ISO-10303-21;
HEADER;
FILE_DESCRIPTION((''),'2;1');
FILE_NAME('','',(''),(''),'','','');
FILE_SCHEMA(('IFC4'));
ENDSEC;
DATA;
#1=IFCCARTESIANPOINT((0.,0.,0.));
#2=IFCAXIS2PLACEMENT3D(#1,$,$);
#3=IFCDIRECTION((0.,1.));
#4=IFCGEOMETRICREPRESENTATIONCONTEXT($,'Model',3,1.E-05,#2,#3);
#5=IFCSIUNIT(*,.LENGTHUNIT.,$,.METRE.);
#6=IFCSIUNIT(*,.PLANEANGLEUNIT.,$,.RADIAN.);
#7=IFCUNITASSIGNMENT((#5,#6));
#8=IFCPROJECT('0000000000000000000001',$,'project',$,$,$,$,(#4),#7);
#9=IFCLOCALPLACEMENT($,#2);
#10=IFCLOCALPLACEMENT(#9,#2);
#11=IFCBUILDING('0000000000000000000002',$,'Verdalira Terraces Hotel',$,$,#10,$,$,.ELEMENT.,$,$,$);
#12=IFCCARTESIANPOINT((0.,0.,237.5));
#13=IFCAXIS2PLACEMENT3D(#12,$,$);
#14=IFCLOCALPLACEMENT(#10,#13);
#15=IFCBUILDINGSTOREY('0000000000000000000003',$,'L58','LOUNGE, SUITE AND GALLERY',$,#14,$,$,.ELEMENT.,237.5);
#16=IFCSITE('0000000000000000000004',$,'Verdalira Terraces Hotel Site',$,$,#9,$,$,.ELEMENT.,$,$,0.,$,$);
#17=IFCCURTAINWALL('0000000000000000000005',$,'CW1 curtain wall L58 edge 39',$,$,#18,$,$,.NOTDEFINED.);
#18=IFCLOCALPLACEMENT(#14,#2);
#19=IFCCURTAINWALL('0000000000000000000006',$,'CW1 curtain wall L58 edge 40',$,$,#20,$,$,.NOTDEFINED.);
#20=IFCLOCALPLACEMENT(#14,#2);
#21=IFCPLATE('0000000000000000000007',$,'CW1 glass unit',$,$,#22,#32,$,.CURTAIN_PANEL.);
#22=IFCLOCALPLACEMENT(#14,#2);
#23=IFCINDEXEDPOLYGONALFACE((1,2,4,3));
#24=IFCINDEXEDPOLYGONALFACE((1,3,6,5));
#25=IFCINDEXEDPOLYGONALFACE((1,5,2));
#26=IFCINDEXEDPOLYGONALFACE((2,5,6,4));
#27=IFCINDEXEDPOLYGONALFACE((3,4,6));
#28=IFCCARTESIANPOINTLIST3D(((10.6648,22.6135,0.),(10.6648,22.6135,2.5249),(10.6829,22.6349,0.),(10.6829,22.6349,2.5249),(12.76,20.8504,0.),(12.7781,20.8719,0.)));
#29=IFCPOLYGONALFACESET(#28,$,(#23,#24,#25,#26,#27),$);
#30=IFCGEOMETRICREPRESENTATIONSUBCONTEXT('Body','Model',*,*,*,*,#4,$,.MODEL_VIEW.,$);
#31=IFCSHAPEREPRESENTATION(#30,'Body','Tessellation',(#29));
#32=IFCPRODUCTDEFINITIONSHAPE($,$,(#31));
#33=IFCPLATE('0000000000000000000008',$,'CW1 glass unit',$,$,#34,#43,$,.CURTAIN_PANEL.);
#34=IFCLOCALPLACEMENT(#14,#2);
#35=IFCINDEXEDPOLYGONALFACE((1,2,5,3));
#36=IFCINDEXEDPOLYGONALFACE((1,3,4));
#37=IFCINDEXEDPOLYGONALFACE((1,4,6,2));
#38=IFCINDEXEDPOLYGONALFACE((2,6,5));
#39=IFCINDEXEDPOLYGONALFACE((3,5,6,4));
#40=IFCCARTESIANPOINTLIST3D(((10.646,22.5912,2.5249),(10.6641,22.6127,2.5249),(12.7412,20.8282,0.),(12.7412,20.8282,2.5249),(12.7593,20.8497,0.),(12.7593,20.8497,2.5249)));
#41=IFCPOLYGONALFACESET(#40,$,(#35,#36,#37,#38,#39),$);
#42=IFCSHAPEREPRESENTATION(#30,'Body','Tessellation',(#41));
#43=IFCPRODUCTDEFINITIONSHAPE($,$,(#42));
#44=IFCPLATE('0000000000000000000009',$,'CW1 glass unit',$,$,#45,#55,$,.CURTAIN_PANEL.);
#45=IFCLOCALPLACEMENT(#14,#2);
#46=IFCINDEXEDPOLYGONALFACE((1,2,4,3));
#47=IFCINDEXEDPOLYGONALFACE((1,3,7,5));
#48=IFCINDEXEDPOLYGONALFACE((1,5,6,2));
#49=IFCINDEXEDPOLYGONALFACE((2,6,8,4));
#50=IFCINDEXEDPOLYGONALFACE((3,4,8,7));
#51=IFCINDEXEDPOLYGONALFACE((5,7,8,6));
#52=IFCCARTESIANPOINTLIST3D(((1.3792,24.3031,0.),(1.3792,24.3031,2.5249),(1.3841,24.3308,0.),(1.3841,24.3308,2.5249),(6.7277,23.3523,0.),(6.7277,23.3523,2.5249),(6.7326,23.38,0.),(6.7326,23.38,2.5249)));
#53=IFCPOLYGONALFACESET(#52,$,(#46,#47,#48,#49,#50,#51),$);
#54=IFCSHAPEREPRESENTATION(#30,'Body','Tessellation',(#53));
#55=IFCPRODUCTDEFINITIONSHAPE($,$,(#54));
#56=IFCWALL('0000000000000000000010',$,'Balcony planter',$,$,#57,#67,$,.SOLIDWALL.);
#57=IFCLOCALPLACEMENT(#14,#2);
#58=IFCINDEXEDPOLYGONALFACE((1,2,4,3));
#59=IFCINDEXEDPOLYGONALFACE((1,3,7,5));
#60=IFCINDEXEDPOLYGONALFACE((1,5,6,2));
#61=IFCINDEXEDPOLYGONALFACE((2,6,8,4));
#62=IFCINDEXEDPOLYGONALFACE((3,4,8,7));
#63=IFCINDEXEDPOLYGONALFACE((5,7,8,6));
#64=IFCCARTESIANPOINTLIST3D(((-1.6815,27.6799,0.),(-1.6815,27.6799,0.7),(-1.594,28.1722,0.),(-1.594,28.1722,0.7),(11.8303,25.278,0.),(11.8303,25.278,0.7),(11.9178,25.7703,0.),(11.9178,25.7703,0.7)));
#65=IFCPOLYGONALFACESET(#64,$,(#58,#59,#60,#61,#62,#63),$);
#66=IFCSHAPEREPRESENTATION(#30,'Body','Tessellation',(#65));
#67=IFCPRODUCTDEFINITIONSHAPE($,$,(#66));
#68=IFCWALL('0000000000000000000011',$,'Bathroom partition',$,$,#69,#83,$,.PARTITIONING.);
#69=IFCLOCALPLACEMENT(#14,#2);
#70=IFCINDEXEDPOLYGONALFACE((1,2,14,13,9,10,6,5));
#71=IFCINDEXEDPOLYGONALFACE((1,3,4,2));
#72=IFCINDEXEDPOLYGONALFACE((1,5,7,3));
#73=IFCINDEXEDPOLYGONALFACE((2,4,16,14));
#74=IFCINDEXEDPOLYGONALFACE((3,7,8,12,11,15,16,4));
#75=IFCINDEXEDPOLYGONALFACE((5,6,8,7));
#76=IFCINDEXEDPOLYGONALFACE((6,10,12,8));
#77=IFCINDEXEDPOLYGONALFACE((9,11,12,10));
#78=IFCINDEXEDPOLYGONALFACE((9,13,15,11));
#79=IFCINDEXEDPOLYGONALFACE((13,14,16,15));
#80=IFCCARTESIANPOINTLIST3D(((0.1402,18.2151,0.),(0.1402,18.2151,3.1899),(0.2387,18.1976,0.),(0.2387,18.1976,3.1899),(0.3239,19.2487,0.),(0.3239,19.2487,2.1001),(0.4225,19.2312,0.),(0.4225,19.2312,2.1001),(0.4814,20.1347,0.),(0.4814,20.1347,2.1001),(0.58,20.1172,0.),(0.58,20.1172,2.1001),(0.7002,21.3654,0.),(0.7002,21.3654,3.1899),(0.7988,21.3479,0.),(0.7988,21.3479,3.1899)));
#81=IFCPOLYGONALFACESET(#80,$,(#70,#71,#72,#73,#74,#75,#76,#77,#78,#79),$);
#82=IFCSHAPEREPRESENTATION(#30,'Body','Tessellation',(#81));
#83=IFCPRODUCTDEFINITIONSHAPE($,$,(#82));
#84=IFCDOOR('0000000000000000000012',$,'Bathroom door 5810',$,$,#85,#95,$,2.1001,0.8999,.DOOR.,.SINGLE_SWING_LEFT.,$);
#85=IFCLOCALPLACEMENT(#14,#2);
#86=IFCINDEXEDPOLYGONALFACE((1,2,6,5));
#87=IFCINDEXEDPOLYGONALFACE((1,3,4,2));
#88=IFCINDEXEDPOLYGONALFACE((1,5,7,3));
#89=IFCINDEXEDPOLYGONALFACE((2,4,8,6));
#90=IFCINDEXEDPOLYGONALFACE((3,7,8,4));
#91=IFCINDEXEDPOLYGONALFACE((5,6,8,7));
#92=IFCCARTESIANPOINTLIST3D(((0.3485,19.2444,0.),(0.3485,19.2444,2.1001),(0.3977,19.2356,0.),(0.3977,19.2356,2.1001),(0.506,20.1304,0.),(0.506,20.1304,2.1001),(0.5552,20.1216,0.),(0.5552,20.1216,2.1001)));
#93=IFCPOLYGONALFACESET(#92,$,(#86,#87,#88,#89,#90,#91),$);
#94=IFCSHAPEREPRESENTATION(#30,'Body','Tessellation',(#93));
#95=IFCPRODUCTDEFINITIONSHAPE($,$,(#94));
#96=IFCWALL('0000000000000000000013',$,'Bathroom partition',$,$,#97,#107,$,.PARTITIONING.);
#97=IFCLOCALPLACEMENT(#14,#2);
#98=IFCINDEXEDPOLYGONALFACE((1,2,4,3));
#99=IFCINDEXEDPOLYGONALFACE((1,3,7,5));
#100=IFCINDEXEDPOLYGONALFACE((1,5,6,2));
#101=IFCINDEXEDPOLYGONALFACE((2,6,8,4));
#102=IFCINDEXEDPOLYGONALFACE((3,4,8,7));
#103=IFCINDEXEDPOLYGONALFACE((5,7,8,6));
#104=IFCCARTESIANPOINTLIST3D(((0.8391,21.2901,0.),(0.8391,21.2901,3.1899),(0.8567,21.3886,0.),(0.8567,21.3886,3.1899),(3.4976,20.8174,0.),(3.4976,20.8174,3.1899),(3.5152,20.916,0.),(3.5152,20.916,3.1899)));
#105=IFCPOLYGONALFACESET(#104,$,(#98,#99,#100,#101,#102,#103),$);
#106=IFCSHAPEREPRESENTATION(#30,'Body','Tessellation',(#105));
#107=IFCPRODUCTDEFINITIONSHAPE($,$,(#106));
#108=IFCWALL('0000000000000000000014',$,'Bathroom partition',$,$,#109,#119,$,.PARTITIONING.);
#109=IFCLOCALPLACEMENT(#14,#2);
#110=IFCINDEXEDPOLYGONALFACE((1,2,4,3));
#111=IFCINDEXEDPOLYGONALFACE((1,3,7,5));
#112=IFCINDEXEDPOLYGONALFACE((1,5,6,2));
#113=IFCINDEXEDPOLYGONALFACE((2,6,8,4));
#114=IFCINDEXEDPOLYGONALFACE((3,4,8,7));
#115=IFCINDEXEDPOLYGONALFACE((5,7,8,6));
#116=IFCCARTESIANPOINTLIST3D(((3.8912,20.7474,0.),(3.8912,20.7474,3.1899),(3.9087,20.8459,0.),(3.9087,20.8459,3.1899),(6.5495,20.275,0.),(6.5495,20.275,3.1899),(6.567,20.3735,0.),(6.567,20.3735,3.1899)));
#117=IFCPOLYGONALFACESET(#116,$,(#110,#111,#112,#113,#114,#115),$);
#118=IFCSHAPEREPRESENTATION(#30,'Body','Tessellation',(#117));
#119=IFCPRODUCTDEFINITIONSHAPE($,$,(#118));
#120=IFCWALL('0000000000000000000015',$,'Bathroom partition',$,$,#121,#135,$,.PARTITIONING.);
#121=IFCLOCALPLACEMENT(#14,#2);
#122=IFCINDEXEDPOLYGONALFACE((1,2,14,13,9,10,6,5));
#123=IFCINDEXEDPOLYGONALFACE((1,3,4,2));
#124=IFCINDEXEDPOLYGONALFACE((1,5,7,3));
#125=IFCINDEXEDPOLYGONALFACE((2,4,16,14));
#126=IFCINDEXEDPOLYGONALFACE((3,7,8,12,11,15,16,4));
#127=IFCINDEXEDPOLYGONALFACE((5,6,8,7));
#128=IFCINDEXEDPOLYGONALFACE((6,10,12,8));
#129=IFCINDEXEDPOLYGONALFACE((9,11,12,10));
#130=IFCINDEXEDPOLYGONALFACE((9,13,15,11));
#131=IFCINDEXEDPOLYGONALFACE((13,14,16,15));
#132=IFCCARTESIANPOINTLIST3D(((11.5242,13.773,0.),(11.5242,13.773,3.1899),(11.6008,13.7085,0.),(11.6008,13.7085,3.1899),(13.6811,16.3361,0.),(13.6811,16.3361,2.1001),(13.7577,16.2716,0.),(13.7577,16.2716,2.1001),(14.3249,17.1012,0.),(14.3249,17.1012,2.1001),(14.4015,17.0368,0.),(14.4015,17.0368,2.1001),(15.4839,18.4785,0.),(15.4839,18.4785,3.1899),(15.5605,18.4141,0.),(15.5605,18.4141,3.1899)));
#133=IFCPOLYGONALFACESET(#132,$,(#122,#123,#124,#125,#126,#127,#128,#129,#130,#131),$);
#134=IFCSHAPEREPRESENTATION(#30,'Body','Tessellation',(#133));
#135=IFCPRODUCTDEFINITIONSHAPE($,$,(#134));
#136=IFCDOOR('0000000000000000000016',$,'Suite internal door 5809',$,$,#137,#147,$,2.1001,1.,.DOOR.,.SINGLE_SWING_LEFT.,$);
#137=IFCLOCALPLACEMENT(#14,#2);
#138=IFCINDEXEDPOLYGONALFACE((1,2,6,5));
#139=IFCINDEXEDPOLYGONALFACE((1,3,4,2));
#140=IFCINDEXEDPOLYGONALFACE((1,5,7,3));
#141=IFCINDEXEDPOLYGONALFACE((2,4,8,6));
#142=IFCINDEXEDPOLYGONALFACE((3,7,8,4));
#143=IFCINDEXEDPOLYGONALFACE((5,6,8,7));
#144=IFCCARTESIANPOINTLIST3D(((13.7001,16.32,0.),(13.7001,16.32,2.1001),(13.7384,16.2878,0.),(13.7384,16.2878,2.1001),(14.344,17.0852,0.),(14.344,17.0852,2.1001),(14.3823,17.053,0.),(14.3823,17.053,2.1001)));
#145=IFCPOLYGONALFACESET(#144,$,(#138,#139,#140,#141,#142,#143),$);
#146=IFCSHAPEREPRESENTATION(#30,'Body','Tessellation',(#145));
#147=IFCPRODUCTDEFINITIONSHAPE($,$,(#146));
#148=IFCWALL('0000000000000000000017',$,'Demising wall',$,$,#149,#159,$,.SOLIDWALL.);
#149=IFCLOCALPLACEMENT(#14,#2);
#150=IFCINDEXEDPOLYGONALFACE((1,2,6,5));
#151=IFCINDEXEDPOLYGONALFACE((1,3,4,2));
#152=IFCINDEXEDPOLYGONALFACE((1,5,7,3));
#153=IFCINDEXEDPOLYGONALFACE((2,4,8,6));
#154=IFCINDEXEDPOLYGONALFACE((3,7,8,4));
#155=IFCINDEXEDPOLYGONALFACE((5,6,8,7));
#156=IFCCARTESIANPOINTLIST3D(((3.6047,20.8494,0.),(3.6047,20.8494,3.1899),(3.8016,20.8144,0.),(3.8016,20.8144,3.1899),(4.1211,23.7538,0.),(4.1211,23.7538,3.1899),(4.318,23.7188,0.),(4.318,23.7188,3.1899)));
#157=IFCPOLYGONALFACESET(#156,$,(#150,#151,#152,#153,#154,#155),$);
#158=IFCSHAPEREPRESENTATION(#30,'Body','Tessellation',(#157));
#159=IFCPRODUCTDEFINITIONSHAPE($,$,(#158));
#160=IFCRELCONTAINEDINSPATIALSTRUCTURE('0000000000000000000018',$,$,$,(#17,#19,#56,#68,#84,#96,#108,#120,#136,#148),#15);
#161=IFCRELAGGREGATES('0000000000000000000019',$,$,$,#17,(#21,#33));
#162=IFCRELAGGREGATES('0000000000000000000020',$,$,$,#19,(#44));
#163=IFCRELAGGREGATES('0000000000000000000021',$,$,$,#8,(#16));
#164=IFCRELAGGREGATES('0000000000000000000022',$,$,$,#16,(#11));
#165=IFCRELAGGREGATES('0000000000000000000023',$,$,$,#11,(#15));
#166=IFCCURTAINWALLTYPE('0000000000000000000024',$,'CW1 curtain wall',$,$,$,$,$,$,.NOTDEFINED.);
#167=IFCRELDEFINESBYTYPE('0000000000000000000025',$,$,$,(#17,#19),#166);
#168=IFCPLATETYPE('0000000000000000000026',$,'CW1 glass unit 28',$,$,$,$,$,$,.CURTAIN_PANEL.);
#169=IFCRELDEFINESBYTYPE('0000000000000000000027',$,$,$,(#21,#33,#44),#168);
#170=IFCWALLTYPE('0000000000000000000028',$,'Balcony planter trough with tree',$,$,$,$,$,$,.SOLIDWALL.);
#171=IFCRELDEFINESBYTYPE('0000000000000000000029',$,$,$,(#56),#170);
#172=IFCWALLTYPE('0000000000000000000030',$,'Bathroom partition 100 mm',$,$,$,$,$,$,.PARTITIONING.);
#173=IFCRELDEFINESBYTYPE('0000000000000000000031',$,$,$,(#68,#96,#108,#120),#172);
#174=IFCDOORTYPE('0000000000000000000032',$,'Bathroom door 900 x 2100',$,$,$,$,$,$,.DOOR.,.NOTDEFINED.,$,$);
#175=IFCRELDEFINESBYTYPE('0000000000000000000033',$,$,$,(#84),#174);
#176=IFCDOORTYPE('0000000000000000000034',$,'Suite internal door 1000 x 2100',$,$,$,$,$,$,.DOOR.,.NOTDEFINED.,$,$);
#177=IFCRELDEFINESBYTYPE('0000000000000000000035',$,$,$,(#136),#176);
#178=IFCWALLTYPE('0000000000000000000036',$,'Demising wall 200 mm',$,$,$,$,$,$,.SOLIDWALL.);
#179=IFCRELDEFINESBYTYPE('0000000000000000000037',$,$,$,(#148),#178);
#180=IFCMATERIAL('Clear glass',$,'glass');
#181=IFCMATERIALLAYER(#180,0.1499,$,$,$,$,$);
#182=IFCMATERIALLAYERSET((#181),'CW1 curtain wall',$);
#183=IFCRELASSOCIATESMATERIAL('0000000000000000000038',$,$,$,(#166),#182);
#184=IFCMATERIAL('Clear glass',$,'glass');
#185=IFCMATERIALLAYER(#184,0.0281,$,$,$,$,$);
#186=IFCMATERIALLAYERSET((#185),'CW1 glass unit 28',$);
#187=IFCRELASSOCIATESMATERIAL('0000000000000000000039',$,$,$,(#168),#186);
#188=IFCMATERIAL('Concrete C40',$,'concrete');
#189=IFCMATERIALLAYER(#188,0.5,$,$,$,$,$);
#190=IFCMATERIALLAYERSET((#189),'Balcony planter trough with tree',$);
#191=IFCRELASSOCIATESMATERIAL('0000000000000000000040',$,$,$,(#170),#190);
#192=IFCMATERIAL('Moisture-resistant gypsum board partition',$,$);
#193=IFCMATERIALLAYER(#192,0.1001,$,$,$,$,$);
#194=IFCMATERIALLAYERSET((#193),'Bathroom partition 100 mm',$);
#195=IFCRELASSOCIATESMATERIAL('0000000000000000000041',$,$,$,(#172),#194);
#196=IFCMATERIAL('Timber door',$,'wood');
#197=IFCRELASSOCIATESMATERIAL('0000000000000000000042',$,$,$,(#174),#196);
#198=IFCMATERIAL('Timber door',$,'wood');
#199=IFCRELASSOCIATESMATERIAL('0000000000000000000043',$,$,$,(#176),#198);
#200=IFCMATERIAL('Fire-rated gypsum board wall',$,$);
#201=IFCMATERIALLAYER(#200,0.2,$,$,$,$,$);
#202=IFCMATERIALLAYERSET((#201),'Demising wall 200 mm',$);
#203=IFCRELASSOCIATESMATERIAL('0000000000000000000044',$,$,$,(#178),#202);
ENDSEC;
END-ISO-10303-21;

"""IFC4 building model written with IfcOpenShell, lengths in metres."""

from ifc_helpers import new_model, si_unit, direction, frame, frame_2d, origin, origin_2d, place, context, subcontext, project, spatial, polyline, rectangle, outline, extrude, material, layer, layer_set, type_object, element, fill, aggregate, save


model = new_model("IFC4")

# Units and contexts
model_context = context("Model", 3, precision=1e-05, world=origin(), true_north=direction((0.0, 1.0)))
body_context = subcontext(model_context, "Body", "Model", "MODEL_VIEW")
ifc_project = project(units=[si_unit("LENGTHUNIT", "METRE"), si_unit("PLANEANGLEUNIT", "RADIAN")], contexts=[model_context])

# Site, building, storey
site_placement = place(None, origin())
site = spatial("IfcSite", under=ifc_project, at=site_placement, Name="Verdalira Terraces Hotel Site", CompositionType="ELEMENT", RefElevation=0.0)
building_placement = place(site_placement, origin())
building = spatial("IfcBuilding", under=site, at=building_placement, Name="Verdalira Terraces Hotel", CompositionType="ELEMENT")
storey_placement = place(building_placement, frame((0.0, 0.0, 237.5)))
storey = spatial("IfcBuildingStorey", under=building, at=storey_placement, Name="L58", Description="LOUNGE, SUITE AND GALLERY", CompositionType="ELEMENT", Elevation=237.5)

# Curtain wall
ifc_material_1 = material(Name="Clear glass", Category="glass")
ifc_layer_1 = layer(ifc_material_1, 0.1499)
ifc_layer_set_1 = layer_set([ifc_layer_1], Name="CW1 curtain wall")
curtain_wall_type = type_object("IfcCurtainWallType", Name="CW1 curtain wall", PredefinedType="NOTDEFINED", material=ifc_layer_set_1)
curtain_wall_1_placement = place(storey_placement, origin())
curtain_wall_1 = element("IfcCurtainWall", 1, at=curtain_wall_1_placement, inside=storey, type_object=curtain_wall_type, Name="CW1 curtain wall L58 edge 39", PredefinedType="NOTDEFINED")

# Curtain wall
curtain_wall_2_placement = place(storey_placement, origin())
curtain_wall_2 = element("IfcCurtainWall", 2, at=curtain_wall_2_placement, inside=storey, type_object=curtain_wall_type, Name="CW1 curtain wall L58 edge 40", PredefinedType="NOTDEFINED")

# Plates
ifc_material_2 = material(Name="Clear glass", Category="glass")
ifc_layer_2 = layer(ifc_material_2, 0.0281)
ifc_layer_set_2 = layer_set([ifc_layer_2], Name="CW1 glass unit 28")
plate_type = type_object("IfcPlateType", Name="CW1 glass unit 28", PredefinedType="CURTAIN_PANEL", material=ifc_layer_set_2)
plate_1_placement = place(storey_placement, frame((11.7124, 21.7319, 1.2625), z_axis=(0.643857, 0.765146, 0.0), x_axis=(-0.765146, 0.643857, 0.0)))
plate_1 = element("IfcPlate", 3, at=plate_1_placement, type_object=plate_type, Name="CW1 glass unit", PredefinedType="CURTAIN_PANEL", context=body_context, shape_type="SweptSolid", body=[
    extrude(outline(polyline([(-1.3691, -1.2625), (1.3691, -1.2625), (1.3691, 1.2625), (-1.3691, -1.2625)])), origin(), (0.0, 0.0, 1.0), 0.0281),
])
plate_2_placement = place(storey_placement, frame((11.6936, 21.7097, 1.2625), z_axis=(0.643857, 0.765146, 0.0), x_axis=(-0.765146, 0.643857, 0.0)))
plate_2 = element("IfcPlate", 4, at=plate_2_placement, type_object=plate_type, Name="CW1 glass unit", PredefinedType="CURTAIN_PANEL", context=body_context, shape_type="SweptSolid", body=[
    extrude(outline(polyline([(-1.3691, -1.2625), (1.3691, 1.2625), (-1.3691, 1.2625), (-1.3691, -1.2625)])), origin(), (0.0, 0.0, 1.0), 0.0281),
])
aggregate(curtain_wall_1, [plate_1, plate_2])
plate_3_placement = place(storey_placement, frame((4.0559, 23.8416, 0.0), z_axis=(0.0, 0.0, 1.0), x_axis=(-0.984564, 0.175023, 0.0)))
plate_3 = element("IfcPlate", 5, at=plate_3_placement, type_object=plate_type, Name="CW1 glass unit", PredefinedType="CURTAIN_PANEL", context=body_context, shape_type="SweptSolid", body=[
    extrude(rectangle(XDim=5.4324, YDim=0.0281, at=origin_2d()), origin(), (0.0, 0.0, 1.0), 2.5249),
])
aggregate(curtain_wall_2, [plate_3])

# Wall
ifc_material_3 = material(Name="Concrete C40", Category="concrete")
ifc_layer_3 = layer(ifc_material_3, 0.5)
ifc_layer_set_3 = layer_set([ifc_layer_3], Name="Balcony planter trough with tree")
wall_type_1 = type_object("IfcWallType", Name="Balcony planter trough with tree", PredefinedType="SOLIDWALL", material=ifc_layer_set_3)
wall_1_placement = place(storey_placement, frame((11.874, 25.5242, 0.0), z_axis=(0.0, 0.0, 1.0), x_axis=(-0.984565, 0.175017, 0.0)))
element("IfcWall", 6, at=wall_1_placement, inside=storey, type_object=wall_type_1, Name="Balcony planter", PredefinedType="SOLIDWALL", context=body_context, shape_type="SweptSolid", body=[
    extrude(rectangle(XDim=13.7236, YDim=0.5, at=frame_2d((6.8618, 0.0))), origin(), (0.0, 0.0, 1.0), 0.7),
])

# Wall, opening, door
ifc_material_4 = material(Name="Moisture-resistant gypsum board partition")
ifc_layer_4 = layer(ifc_material_4, 0.1001)
ifc_layer_set_4 = layer_set([ifc_layer_4], Name="Bathroom partition 100 mm")
wall_type_2 = type_object("IfcWallType", Name="Bathroom partition 100 mm", PredefinedType="PARTITIONING", material=ifc_layer_set_4)
wall_2_placement = place(storey_placement, frame((0.7495, 21.3567, 0.0), z_axis=(0.0, 0.0, 1.0), x_axis=(-0.17503, -0.984563, 0.0)))
wall_2 = element("IfcWall", 7, at=wall_2_placement, inside=storey, type_object=wall_type_2, Name="Bathroom partition", PredefinedType="PARTITIONING", context=body_context, shape_type="SweptSolid", body=[
    extrude(rectangle(XDim=3.1997, YDim=0.1001, at=frame_2d((1.5999, 0.0))), origin(), (0.0, 0.0, 1.0), 3.1899),
])
opening_1_placement = place(wall_2_placement, frame((1.25, 0.0, 0.0)))
opening_1 = element("IfcOpeningElement", 8, at=opening_1_placement, cuts=wall_2, PredefinedType="OPENING", context=body_context, shape_type="SweptSolid", body=[
    extrude(rectangle(XDim=0.8999, YDim=2.1001, at=frame_2d((0.45, 1.05))), frame((0.0, 0.0601, 0.0), z_axis=(0.0, -1.0, 0.0), x_axis=(1.0, 0.0, 0.0)), (0.0, 0.0, 1.0), 0.1201),
])
ifc_material_5 = material(Name="Timber door", Category="wood")
door_type_1 = type_object("IfcDoorType", Name="Bathroom door 900 x 2100", OperationType="NOTDEFINED", PredefinedType="DOOR", material=ifc_material_5)
door_1_placement = place(opening_1_placement, origin())
door_1 = element("IfcDoor", 9, at=door_1_placement, inside=storey, type_object=door_type_1, Name="Bathroom door 5810", OperationType="SINGLE_SWING_LEFT", OverallHeight=2.1001, OverallWidth=0.8999, PredefinedType="DOOR", context=body_context, shape_type="SweptSolid", body=[
    extrude(rectangle(XDim=0.8999, YDim=2.1001, at=frame_2d((0.45, 1.05))), frame((0.0, 0.0249, 0.0), z_axis=(0.0, -1.0, 0.0), x_axis=(1.0, 0.0, 0.0)), (0.0, 0.0, 1.0), 0.05),
])
fill(opening_1, door_1)

# Walls
wall_3_placement = place(storey_placement, frame((0.8479, 21.3394, 0.0), z_axis=(0.0, 0.0, 1.0), x_axis=(0.98456, -0.175049, 0.0)))
element("IfcWall", 10, at=wall_3_placement, inside=storey, type_object=wall_type_2, Name="Bathroom partition", PredefinedType="PARTITIONING", context=body_context, shape_type="SweptSolid", body=[
    extrude(rectangle(XDim=2.7002, YDim=0.1001, at=frame_2d((1.3501, 0.0))), origin(), (0.0, 0.0, 1.0), 3.1899),
])
wall_4_placement = place(storey_placement, frame((6.5583, 20.3242, 0.0), z_axis=(0.0, 0.0, 1.0), x_axis=(-0.984573, 0.174977, 0.0)))
element("IfcWall", 11, at=wall_4_placement, inside=storey, type_object=wall_type_2, Name="Bathroom partition", PredefinedType="PARTITIONING", context=body_context, shape_type="SweptSolid", body=[
    extrude(rectangle(XDim=2.7, YDim=0.1001, at=frame_2d((1.3501, 0.0))), origin(), (0.0, 0.0, 1.0), 3.1899),
])

# Wall, opening, door
wall_5_placement = place(storey_placement, frame((15.5222, 18.4463, 0.0), z_axis=(0.0, 0.0, 1.0), x_axis=(-0.643863, -0.765141, 0.0)))
wall_5 = element("IfcWall", 12, at=wall_5_placement, inside=storey, type_object=wall_type_2, Name="Bathroom partition", PredefinedType="PARTITIONING", context=body_context, shape_type="SweptSolid", body=[
    extrude(rectangle(XDim=6.1499, YDim=0.1001, at=frame_2d((3.075, 0.0))), origin(), (0.0, 0.0, 1.0), 3.1899),
])
opening_2_placement = place(wall_5_placement, frame((1.8, 0.0, 0.0)))
opening_2 = element("IfcOpeningElement", 13, at=opening_2_placement, cuts=wall_5, PredefinedType="OPENING", context=body_context, shape_type="SweptSolid", body=[
    extrude(rectangle(XDim=1.0, YDim=2.1001, at=frame_2d((0.5, 1.05))), frame((0.0, 0.0601, 0.0), z_axis=(0.0, -1.0, 0.0), x_axis=(1.0, 0.0, 0.0)), (0.0, 0.0, 1.0), 0.1201),
])
ifc_material_6 = material(Name="Timber door", Category="wood")
door_type_2 = type_object("IfcDoorType", Name="Suite internal door 1000 x 2100", OperationType="NOTDEFINED", PredefinedType="DOOR", material=ifc_material_6)
door_2_placement = place(opening_2_placement, origin())
door_2 = element("IfcDoor", 14, at=door_2_placement, inside=storey, type_object=door_type_2, Name="Suite internal door 5809", OperationType="SINGLE_SWING_LEFT", OverallHeight=2.1001, OverallWidth=1.0, PredefinedType="DOOR", context=body_context, shape_type="SweptSolid", body=[
    extrude(rectangle(XDim=1.0, YDim=2.1001, at=frame_2d((0.5, 1.05))), frame((0.0, 0.0249, 0.0), z_axis=(0.0, -1.0, 0.0), x_axis=(1.0, 0.0, 0.0)), (0.0, 0.0, 1.0), 0.05),
])
fill(opening_2, door_2)

# Wall
ifc_material_7 = material(Name="Fire-rated gypsum board wall")
ifc_layer_5 = layer(ifc_material_7, 0.2)
ifc_layer_set_5 = layer_set([ifc_layer_5], Name="Demising wall 200 mm")
wall_type_3 = type_object("IfcWallType", Name="Demising wall 200 mm", PredefinedType="SOLIDWALL", material=ifc_layer_set_5)
wall_6_placement = place(storey_placement, frame((3.7031, 20.8318, 0.0), z_axis=(0.0, 0.0, 1.0), x_axis=(0.175046, 0.98456, 0.0)))
element("IfcWall", 15, at=wall_6_placement, inside=storey, type_object=wall_type_3, Name="Demising wall", PredefinedType="SOLIDWALL", context=body_context, shape_type="SweptSolid", body=[
    extrude(rectangle(XDim=2.95, YDim=0.2, at=frame_2d((1.4751, 0.0))), origin(), (0.0, 0.0, 1.0), 3.1899),
])

save(model, "model.ifc")
